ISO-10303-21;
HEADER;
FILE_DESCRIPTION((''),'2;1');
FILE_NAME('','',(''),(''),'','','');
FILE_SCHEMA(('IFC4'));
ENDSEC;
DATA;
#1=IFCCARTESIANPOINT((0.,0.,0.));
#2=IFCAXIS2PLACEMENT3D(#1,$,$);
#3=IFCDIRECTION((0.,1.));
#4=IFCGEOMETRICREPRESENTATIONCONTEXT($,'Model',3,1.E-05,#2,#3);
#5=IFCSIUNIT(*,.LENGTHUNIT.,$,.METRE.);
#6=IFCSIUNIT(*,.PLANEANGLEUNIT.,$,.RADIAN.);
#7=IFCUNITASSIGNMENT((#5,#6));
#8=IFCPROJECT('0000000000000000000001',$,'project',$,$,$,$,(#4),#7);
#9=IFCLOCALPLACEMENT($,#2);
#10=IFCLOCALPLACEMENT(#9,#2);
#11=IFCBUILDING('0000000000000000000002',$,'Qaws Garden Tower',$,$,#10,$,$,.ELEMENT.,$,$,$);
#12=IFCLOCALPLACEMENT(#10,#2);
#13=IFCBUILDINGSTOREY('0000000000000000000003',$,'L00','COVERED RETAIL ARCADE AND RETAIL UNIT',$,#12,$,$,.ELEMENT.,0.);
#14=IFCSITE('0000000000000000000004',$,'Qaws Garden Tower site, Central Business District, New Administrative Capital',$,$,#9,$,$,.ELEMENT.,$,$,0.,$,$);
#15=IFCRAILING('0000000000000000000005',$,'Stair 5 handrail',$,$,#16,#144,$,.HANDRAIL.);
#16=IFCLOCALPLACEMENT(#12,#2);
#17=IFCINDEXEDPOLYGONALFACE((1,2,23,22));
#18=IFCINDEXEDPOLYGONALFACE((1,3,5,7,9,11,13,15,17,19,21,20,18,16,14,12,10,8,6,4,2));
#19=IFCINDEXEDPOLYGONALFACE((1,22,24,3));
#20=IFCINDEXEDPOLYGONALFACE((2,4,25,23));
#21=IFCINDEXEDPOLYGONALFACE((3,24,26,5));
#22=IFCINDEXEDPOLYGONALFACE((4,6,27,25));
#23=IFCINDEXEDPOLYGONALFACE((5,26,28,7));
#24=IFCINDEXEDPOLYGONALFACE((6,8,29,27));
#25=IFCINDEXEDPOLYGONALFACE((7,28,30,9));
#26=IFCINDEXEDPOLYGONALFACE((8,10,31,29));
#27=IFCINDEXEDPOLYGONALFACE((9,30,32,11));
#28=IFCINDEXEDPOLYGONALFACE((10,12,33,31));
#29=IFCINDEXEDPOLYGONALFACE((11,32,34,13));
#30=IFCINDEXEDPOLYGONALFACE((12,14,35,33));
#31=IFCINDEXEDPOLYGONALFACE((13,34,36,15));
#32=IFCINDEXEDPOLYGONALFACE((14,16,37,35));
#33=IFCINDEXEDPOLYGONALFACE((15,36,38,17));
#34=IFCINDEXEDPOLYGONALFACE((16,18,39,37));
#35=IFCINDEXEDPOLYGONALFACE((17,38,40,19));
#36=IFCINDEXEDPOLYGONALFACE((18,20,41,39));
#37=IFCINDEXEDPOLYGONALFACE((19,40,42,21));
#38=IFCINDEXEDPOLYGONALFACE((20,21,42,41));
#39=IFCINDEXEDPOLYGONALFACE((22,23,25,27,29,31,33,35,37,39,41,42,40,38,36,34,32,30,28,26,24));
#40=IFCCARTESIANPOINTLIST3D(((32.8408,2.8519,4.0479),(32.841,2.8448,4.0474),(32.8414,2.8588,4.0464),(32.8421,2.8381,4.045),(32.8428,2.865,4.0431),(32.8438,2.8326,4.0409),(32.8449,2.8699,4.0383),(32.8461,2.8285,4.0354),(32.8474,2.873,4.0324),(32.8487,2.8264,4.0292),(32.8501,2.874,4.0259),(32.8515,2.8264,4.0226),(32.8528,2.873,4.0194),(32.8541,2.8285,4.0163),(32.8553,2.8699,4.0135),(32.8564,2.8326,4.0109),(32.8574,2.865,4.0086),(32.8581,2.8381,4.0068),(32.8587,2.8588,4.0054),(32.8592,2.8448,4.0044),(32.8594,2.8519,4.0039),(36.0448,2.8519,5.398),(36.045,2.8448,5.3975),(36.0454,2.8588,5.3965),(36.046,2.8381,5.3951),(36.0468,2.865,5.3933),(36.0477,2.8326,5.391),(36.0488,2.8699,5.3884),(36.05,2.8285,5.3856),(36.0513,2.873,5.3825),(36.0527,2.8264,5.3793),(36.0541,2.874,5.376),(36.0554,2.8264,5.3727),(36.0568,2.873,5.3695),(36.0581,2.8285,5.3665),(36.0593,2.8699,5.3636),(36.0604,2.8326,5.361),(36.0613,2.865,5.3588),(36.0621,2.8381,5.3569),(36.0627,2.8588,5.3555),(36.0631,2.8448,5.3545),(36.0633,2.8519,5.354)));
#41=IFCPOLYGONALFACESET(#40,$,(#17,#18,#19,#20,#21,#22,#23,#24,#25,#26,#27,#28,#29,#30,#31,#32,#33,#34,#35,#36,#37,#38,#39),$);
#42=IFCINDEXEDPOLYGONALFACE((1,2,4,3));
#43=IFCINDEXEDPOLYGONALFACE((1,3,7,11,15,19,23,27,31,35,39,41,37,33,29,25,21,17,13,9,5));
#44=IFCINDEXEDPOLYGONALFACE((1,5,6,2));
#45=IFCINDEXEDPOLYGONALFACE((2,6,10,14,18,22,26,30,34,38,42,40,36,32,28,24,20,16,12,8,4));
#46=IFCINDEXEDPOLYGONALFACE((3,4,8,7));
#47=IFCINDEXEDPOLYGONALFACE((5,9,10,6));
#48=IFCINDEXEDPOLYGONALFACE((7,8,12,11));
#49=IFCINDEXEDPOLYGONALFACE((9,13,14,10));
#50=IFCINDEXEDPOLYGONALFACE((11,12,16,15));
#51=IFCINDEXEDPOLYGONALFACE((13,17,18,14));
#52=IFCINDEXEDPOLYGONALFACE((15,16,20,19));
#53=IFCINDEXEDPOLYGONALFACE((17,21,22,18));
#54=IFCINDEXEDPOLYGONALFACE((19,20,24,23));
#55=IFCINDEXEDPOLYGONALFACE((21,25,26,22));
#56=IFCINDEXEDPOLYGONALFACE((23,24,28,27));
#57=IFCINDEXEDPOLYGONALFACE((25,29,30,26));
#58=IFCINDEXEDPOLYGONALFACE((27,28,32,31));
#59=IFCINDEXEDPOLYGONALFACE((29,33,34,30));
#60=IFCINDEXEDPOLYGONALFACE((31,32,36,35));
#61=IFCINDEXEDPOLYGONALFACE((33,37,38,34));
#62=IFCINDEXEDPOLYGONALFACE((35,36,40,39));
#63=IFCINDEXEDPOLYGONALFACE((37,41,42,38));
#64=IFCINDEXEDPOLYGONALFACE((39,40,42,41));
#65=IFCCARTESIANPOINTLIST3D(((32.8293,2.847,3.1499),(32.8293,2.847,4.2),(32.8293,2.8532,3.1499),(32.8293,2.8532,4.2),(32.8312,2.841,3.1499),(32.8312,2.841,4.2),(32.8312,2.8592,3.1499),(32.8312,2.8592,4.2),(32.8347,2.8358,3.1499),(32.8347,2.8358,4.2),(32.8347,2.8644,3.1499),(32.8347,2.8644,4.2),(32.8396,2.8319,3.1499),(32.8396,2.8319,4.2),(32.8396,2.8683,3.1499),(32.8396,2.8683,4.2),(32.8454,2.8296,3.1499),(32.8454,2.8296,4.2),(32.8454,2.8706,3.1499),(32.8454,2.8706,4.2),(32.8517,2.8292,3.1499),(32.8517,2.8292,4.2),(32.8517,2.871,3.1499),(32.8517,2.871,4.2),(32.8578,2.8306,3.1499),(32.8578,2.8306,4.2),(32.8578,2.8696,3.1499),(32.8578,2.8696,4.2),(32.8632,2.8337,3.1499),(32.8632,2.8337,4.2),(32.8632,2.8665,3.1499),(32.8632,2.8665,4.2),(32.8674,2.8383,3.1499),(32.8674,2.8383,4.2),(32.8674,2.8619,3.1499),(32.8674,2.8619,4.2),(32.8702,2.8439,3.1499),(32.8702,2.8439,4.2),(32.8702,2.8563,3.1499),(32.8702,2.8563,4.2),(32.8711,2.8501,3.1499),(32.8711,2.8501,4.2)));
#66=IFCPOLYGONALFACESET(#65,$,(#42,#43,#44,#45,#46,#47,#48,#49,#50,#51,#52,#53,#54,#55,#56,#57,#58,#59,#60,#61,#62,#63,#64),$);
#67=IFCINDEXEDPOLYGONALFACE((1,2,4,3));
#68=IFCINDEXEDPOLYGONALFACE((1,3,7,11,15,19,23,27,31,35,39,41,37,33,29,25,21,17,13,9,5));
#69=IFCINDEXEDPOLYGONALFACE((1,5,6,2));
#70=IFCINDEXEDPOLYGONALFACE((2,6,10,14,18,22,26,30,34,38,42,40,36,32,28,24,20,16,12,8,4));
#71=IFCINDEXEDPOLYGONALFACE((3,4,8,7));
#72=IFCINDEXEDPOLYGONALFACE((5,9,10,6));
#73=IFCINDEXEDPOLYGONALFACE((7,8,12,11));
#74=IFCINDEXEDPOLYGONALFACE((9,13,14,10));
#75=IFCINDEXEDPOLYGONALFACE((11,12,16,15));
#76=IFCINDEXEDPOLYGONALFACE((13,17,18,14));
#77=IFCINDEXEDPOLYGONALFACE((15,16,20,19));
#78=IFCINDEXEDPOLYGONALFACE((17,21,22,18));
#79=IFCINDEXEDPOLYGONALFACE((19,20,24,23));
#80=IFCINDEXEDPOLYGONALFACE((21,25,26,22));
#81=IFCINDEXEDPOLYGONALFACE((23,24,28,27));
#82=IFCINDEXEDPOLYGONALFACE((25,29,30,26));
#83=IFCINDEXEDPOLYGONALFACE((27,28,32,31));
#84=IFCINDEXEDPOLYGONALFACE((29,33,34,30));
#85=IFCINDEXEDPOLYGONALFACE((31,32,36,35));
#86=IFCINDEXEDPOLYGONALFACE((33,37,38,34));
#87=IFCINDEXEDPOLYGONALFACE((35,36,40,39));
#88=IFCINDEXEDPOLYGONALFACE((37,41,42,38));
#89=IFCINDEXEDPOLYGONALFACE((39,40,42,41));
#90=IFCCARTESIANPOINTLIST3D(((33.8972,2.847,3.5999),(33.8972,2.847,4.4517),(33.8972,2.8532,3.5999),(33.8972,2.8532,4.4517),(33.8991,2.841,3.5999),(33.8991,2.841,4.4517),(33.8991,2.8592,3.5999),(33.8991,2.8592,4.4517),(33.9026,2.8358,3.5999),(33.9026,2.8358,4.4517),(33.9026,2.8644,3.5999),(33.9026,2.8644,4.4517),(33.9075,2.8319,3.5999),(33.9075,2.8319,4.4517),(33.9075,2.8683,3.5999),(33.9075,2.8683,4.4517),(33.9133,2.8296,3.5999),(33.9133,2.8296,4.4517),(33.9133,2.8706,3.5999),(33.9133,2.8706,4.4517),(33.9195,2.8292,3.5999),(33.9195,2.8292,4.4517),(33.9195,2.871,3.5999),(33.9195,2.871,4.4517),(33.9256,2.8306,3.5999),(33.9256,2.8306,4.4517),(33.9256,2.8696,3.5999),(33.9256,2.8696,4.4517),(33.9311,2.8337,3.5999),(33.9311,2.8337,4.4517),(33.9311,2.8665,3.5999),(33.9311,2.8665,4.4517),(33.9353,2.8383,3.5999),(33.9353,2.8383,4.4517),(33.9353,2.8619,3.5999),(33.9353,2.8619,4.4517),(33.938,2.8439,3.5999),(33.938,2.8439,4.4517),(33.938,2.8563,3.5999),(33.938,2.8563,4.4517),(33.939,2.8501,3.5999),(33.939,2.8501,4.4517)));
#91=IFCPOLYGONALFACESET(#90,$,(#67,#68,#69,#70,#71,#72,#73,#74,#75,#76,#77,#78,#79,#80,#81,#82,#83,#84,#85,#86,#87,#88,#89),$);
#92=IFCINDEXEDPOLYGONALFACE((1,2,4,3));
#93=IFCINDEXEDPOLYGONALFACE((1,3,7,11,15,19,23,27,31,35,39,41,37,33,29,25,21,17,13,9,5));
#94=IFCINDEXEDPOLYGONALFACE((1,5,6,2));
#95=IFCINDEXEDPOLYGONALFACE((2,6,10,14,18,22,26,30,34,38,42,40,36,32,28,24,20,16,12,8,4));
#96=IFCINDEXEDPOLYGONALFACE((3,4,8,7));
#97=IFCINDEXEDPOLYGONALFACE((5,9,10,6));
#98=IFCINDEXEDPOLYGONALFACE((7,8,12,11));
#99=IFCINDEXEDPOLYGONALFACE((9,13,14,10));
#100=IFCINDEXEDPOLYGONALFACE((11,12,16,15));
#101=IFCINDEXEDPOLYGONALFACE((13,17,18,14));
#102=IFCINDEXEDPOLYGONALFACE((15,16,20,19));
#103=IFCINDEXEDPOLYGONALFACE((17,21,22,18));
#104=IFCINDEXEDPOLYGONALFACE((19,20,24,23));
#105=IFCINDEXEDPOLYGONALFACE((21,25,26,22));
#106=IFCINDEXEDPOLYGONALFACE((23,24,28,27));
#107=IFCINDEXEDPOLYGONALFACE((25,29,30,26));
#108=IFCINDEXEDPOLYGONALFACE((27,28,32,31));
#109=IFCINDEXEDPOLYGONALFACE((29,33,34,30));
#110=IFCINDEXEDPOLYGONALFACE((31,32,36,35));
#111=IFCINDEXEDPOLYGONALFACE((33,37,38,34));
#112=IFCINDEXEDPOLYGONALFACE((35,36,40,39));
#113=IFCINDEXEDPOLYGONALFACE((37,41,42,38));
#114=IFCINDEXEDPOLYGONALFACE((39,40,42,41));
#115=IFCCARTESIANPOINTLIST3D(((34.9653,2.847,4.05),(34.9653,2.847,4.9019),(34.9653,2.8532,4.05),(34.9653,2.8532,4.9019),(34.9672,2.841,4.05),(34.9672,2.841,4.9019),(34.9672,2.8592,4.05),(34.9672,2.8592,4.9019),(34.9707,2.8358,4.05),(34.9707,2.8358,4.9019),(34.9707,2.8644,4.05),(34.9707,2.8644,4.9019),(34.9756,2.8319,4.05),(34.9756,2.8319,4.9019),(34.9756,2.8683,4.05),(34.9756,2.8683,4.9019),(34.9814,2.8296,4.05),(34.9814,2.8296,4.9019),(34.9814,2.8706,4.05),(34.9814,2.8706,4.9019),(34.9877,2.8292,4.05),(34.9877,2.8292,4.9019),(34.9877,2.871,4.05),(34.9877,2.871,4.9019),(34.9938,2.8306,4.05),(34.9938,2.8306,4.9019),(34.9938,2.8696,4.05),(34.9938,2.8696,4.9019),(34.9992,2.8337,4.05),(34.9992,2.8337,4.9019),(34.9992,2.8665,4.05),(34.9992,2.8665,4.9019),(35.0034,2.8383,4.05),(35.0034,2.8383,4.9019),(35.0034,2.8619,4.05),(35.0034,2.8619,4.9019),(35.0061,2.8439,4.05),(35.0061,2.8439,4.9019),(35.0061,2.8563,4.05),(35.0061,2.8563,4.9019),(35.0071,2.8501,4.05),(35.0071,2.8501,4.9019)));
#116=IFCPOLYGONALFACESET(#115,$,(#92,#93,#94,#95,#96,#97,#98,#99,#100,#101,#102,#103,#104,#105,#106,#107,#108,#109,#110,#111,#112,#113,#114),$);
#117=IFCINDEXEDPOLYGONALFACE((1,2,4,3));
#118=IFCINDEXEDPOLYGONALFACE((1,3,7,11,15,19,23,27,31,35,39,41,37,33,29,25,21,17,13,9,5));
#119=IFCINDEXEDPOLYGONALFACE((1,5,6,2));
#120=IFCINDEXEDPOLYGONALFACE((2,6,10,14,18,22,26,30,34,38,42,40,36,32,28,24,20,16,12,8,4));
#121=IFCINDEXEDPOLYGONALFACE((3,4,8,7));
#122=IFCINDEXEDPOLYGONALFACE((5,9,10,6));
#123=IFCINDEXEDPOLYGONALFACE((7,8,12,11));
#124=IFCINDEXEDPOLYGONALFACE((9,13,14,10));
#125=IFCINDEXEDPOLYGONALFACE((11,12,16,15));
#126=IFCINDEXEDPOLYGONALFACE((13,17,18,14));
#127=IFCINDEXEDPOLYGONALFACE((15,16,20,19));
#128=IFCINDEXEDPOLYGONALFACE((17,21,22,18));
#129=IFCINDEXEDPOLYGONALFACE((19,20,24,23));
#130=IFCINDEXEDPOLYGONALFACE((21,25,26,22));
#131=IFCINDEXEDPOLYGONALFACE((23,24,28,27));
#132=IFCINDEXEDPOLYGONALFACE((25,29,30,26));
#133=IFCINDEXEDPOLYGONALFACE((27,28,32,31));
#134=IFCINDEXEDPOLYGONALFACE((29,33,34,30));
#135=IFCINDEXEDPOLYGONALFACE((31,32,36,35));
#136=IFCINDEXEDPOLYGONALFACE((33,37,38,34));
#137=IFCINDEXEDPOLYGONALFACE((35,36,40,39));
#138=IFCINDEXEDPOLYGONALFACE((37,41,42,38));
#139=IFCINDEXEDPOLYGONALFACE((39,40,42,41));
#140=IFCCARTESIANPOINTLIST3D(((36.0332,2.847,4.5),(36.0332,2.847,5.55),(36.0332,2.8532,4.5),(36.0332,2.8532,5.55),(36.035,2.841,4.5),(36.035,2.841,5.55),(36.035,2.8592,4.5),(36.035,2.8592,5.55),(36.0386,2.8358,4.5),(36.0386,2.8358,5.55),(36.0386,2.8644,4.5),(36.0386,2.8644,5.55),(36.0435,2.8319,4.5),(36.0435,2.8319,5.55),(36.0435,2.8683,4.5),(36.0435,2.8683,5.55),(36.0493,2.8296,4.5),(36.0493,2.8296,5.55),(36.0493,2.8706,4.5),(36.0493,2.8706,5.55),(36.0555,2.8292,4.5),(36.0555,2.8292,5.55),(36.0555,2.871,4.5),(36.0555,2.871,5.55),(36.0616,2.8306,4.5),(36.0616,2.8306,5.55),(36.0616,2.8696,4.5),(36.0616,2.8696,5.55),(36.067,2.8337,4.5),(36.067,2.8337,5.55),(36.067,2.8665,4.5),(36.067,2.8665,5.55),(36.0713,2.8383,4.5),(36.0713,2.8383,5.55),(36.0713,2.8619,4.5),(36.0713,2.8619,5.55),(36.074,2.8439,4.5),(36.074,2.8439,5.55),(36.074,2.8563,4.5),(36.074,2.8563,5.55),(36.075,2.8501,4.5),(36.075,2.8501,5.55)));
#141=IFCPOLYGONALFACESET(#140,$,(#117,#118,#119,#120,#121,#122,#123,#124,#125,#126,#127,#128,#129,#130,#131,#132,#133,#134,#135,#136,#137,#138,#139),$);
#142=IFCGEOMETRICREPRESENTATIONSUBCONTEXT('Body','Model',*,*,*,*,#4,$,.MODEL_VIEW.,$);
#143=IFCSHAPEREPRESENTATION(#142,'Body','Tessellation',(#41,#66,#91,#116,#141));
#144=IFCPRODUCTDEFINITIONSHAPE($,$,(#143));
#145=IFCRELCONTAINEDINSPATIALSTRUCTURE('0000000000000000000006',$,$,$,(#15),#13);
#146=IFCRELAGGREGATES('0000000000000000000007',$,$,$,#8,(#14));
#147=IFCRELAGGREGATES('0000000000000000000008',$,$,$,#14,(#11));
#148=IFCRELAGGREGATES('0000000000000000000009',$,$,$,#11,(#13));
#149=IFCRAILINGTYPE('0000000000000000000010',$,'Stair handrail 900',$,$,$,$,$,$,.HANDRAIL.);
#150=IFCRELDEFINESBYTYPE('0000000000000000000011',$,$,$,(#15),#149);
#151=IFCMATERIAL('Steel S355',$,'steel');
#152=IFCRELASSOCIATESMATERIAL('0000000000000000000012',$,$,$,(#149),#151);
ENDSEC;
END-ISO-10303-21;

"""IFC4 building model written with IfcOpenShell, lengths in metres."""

from ifc_helpers import new_model, si_unit, direction, frame, origin, origin_2d, place, context, subcontext, project, spatial, circle, extrude, material, type_object, element, save


model = new_model("IFC4")

# Units and contexts
model_context = context("Model", 3, precision=1e-05, world=origin(), true_north=direction((0.0, 1.0)))
body_context = subcontext(model_context, "Body", "Model", "MODEL_VIEW")
ifc_project = project(units=[si_unit("LENGTHUNIT", "METRE"), si_unit("PLANEANGLEUNIT", "RADIAN")], contexts=[model_context])

# Site, building, storey
site_placement = place(None, origin())
site = spatial("IfcSite", under=ifc_project, at=site_placement, Name="Qaws Garden Tower site, Central Business District, New Administrative Capital", CompositionType="ELEMENT", RefElevation=0.0)
building_placement = place(site_placement, origin())
building = spatial("IfcBuilding", under=site, at=building_placement, Name="Qaws Garden Tower", CompositionType="ELEMENT")
storey_placement = place(building_placement, origin())
storey = spatial("IfcBuildingStorey", under=building, at=storey_placement, Name="L00", Description="COVERED RETAIL ARCADE AND RETAIL UNIT", CompositionType="ELEMENT", Elevation=0.0)

# Railing
ifc_material_1 = material(Name="Steel S355", Category="steel")
railing_type = type_object("IfcRailingType", Name="Stair handrail 900", PredefinedType="HANDRAIL", material=ifc_material_1)
railing_1_placement = place(storey_placement, frame((32.8501, 2.8501, 3.1499)))
element("IfcRailing", 1, at=railing_1_placement, inside=storey, type_object=railing_type, Name="Stair 5 handrail", PredefinedType="HANDRAIL", context=body_context, shape_type="SweptSolid", body=[
    extrude(circle(Radius=0.0239, at=origin_2d()), frame((0.0, 0.0, 0.876), z_axis=(0.921522, 0.0, 0.388327), x_axis=(0.0, 1.0, 0.0)), (0.0, 0.0, 1.0), 3.4768),
    extrude(circle(Radius=0.021, at=origin_2d()), origin(), (0.0, 0.0, 1.0), 1.05),
    extrude(circle(Radius=0.021, at=origin_2d()), frame((1.0679, 0.0, 0.45)), (0.0, 0.0, 1.0), 0.8518),
    extrude(circle(Radius=0.021, at=origin_2d()), frame((2.136, 0.0, 0.9001)), (0.0, 0.0, 1.0), 0.8518),
    extrude(circle(Radius=0.021, at=origin_2d()), frame((3.2039, 0.0, 1.3501)), (0.0, 0.0, 1.0), 1.05),
])

save(model, "model.ifc")
